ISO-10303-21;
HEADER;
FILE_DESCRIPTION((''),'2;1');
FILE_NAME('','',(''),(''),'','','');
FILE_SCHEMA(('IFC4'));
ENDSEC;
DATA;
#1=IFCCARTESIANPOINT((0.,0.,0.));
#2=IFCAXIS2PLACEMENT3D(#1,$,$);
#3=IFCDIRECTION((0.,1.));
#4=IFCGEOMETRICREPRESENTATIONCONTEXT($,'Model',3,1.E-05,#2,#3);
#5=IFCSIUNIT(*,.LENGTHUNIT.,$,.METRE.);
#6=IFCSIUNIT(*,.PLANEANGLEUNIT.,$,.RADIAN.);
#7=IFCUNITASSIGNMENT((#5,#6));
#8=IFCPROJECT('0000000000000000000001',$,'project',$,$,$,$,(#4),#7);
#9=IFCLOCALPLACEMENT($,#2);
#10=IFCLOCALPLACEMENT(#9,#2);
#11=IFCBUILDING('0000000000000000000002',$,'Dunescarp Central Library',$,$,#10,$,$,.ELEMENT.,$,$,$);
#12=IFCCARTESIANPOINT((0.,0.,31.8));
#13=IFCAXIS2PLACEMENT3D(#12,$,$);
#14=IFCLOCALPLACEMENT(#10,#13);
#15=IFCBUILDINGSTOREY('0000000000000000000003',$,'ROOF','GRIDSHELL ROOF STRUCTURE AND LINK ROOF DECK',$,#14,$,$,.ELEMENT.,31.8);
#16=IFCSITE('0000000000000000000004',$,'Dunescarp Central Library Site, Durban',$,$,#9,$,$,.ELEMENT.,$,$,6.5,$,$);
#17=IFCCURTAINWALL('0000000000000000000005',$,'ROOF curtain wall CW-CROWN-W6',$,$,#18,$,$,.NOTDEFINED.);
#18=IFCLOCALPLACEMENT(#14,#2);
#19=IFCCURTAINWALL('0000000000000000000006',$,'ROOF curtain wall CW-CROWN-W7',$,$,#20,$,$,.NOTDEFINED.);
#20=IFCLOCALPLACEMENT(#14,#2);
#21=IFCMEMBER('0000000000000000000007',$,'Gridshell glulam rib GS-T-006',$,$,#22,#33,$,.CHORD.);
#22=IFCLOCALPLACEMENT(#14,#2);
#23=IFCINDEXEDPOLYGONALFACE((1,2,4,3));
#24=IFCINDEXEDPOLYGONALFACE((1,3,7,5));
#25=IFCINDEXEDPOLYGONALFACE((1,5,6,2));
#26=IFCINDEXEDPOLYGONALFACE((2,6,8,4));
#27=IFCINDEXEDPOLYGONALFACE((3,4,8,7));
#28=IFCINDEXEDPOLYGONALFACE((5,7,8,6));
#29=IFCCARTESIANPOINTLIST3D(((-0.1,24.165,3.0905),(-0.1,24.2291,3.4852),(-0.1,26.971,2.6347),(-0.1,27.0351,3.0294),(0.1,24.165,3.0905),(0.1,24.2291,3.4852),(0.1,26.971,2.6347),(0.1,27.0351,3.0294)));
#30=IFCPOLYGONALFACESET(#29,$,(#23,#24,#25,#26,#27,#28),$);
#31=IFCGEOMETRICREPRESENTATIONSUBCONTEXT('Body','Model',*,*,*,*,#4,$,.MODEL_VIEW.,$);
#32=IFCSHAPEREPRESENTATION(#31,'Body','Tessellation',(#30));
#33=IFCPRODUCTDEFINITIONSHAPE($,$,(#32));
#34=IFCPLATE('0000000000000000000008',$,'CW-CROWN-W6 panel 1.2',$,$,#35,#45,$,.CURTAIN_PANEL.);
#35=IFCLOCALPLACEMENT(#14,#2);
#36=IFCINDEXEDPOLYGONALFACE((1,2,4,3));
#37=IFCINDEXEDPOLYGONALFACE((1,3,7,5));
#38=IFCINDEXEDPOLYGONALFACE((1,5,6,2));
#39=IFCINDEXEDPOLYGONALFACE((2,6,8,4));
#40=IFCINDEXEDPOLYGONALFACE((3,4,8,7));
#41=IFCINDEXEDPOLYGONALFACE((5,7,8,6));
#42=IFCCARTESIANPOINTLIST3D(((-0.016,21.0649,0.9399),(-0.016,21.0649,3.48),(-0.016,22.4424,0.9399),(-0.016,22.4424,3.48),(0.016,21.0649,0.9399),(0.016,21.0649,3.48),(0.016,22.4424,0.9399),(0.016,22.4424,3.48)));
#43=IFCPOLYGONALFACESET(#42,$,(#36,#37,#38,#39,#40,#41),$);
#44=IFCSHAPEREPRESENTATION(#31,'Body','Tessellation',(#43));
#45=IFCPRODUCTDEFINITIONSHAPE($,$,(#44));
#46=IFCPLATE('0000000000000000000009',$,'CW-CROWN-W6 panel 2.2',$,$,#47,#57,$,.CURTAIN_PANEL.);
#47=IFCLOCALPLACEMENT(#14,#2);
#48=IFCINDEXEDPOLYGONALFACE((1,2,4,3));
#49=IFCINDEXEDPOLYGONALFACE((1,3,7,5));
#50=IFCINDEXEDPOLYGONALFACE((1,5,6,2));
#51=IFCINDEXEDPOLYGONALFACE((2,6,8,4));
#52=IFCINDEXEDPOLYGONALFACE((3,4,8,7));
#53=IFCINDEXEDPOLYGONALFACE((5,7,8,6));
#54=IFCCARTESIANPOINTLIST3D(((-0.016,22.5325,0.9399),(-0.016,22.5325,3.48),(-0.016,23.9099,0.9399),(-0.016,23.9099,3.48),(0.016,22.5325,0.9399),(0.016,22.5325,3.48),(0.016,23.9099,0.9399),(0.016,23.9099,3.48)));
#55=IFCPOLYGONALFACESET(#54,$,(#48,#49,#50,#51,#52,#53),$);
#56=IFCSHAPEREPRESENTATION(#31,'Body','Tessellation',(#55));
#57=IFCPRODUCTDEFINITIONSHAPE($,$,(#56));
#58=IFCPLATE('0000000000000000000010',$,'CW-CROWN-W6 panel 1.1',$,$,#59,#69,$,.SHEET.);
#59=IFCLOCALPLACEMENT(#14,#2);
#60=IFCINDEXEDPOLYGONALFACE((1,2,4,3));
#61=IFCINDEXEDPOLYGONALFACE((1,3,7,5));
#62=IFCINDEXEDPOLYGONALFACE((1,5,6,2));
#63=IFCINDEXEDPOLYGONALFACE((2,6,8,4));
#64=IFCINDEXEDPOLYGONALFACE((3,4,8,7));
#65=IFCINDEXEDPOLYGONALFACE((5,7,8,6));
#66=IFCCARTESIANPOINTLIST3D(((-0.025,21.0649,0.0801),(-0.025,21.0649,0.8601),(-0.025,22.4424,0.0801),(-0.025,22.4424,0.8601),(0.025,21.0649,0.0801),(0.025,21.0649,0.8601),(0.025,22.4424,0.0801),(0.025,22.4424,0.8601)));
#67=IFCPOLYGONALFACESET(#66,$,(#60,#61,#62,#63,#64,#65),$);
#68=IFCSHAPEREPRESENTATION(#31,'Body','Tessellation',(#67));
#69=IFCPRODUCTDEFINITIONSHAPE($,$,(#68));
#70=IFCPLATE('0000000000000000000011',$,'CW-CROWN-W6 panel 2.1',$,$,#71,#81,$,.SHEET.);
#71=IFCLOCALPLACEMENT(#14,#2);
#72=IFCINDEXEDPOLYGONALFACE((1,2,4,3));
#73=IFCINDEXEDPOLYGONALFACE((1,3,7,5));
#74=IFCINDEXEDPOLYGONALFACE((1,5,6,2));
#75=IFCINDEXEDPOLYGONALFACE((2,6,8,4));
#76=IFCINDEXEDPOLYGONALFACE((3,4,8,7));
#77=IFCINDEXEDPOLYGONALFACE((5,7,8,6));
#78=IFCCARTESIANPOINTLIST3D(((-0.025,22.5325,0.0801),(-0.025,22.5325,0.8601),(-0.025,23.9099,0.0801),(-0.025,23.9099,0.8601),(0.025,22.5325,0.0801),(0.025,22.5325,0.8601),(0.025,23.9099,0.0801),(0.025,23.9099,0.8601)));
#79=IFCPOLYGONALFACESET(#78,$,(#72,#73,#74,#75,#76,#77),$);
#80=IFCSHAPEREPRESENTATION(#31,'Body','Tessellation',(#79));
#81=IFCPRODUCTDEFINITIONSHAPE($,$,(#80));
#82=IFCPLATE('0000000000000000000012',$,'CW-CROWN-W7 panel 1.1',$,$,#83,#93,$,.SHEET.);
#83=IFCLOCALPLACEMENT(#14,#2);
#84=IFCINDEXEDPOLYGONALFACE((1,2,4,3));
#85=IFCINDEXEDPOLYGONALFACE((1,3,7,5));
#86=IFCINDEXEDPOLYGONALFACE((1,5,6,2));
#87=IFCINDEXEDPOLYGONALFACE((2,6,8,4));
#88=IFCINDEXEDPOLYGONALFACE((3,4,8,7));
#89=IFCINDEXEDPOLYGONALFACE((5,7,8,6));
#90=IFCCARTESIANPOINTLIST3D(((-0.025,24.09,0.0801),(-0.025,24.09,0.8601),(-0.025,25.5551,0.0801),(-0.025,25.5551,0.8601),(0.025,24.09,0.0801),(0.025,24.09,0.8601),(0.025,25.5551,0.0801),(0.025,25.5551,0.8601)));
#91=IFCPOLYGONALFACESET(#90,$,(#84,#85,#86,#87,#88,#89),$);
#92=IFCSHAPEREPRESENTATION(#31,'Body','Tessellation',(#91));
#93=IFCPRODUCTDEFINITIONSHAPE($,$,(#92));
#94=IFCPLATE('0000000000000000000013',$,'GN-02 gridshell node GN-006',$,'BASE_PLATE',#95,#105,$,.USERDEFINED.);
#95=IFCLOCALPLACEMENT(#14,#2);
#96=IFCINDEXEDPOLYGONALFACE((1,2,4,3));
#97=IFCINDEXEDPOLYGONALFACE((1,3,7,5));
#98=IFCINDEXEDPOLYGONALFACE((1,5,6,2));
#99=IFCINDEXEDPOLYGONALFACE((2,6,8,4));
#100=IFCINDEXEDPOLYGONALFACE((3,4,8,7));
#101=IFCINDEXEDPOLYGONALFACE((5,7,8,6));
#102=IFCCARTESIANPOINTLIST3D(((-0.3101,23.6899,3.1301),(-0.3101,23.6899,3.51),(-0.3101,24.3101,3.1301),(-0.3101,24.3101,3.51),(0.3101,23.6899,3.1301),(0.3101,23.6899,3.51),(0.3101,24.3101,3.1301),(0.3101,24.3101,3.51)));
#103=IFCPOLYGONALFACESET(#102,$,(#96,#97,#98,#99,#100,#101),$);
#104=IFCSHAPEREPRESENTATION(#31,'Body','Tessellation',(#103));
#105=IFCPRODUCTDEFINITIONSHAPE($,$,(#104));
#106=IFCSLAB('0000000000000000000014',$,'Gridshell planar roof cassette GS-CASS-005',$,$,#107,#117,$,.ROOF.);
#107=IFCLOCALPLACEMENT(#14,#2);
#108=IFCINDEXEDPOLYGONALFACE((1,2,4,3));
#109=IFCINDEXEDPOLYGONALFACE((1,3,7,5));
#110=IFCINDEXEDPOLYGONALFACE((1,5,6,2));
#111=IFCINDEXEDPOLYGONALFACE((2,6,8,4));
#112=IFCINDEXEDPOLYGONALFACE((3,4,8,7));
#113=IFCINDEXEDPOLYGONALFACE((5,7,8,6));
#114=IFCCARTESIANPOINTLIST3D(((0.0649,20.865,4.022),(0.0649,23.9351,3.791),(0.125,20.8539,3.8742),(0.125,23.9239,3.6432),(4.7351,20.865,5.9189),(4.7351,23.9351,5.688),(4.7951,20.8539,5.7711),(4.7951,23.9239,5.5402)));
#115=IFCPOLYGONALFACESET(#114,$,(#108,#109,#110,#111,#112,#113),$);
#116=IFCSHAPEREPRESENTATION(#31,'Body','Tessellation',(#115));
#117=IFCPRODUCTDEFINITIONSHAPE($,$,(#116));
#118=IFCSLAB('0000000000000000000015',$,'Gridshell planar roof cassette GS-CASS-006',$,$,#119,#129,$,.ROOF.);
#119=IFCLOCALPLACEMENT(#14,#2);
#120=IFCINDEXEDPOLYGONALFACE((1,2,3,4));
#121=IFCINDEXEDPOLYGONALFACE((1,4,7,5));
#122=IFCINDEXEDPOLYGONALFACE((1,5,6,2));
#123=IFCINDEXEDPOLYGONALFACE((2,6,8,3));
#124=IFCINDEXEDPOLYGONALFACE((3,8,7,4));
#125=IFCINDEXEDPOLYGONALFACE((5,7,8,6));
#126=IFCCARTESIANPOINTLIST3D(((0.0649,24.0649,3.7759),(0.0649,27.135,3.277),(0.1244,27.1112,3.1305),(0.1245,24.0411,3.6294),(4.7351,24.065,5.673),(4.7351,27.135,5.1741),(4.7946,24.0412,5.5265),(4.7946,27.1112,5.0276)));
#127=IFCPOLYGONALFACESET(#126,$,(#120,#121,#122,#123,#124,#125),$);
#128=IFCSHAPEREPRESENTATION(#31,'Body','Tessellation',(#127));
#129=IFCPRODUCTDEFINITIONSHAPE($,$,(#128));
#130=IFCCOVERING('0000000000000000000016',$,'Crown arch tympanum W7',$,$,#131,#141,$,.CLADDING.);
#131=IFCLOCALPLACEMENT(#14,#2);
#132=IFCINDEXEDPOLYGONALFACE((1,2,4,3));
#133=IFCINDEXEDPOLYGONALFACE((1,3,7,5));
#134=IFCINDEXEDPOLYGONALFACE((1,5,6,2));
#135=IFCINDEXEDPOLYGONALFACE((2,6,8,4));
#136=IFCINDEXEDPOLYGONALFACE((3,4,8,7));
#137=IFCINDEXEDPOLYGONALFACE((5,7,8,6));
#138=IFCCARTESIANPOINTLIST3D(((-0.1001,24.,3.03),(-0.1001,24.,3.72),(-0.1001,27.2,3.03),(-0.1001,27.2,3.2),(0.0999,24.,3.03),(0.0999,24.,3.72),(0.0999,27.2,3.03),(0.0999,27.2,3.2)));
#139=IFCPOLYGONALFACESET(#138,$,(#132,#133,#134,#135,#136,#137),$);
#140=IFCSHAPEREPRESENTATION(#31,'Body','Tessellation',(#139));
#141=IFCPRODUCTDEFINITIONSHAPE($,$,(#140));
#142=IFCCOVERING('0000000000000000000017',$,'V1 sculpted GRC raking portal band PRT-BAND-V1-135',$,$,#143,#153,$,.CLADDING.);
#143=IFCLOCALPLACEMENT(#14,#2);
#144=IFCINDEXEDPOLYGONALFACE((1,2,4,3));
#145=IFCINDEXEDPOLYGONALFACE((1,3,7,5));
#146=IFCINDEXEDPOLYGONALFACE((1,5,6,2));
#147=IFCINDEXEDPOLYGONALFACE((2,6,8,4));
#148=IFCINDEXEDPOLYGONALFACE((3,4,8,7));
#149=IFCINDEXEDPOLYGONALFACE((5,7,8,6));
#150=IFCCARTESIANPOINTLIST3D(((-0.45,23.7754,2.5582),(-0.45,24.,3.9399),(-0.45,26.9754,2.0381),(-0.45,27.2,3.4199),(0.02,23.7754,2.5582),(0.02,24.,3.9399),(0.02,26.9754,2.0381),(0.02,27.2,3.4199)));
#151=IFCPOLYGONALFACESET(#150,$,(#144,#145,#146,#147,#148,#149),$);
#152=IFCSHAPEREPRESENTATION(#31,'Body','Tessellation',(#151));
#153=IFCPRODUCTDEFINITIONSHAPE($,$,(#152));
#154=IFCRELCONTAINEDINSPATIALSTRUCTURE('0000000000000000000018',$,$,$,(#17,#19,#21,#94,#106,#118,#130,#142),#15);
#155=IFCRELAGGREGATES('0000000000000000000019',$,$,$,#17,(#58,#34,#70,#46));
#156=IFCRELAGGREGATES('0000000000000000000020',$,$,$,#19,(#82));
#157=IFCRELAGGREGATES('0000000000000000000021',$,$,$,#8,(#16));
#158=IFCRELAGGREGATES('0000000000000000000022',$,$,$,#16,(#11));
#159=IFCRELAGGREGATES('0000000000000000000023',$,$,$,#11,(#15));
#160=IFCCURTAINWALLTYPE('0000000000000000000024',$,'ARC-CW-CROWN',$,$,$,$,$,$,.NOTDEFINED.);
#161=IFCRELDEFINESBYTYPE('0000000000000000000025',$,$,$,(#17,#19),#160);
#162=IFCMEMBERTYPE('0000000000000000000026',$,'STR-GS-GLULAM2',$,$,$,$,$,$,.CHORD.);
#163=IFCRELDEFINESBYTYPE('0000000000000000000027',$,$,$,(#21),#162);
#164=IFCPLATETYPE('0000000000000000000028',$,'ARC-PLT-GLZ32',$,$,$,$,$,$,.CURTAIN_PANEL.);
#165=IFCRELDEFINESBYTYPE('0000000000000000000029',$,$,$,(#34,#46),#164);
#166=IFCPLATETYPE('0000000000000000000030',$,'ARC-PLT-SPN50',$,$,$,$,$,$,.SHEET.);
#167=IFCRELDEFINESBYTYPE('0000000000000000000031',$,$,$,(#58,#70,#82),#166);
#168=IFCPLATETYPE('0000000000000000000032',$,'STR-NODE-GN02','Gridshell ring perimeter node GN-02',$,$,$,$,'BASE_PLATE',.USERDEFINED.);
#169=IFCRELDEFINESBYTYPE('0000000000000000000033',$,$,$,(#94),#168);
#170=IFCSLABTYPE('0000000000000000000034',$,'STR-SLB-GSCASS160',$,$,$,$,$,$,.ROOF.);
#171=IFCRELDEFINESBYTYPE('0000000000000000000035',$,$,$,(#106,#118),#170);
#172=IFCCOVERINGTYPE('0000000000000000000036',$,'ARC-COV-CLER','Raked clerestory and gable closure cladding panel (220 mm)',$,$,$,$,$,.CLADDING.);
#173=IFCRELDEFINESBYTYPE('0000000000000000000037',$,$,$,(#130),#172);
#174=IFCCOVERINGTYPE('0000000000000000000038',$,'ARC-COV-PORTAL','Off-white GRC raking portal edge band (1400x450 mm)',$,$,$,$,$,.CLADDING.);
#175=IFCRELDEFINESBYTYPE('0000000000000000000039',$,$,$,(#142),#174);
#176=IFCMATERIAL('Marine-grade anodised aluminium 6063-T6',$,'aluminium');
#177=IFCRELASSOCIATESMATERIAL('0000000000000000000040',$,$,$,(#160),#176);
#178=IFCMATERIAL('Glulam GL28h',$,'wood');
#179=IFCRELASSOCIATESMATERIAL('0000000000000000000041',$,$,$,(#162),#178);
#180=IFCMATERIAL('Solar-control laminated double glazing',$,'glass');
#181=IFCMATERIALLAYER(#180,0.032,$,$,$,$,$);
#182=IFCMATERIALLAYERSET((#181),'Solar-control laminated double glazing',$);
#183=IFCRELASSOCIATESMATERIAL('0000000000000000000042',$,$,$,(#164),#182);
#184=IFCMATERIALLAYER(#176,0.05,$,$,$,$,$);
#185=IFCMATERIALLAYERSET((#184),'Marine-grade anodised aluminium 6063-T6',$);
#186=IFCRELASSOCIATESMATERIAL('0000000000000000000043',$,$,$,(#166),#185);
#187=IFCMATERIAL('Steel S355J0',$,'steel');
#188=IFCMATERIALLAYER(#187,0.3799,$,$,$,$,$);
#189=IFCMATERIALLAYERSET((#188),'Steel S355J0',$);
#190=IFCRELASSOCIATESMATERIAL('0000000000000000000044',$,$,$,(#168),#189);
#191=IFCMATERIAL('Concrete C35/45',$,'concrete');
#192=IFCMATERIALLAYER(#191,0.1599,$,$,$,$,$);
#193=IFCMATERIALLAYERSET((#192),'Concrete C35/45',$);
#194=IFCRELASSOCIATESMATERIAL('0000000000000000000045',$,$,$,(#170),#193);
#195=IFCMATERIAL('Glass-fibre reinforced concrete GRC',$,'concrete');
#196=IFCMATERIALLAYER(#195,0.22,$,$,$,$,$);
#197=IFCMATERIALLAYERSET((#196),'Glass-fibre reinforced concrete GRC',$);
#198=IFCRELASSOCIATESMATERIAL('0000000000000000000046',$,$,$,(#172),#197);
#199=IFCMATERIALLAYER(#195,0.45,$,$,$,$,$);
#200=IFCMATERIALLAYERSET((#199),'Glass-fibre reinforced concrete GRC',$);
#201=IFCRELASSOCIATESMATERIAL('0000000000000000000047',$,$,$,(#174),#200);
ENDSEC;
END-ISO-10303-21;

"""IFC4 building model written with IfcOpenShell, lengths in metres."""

from ifc_helpers import new_model, si_unit, direction, frame, origin, origin_2d, place, context, subcontext, project, spatial, polyline, rectangle, outline, extrude, material, layer, layer_set, material_profile, profile_set, type_object, element, aggregate, save


model = new_model("IFC4")

# Units and contexts
model_context = context("Model", 3, precision=1e-05, world=origin(), true_north=direction((0.0, 1.0)))
body_context = subcontext(model_context, "Body", "Model", "MODEL_VIEW")
ifc_project = project(units=[si_unit("LENGTHUNIT", "METRE"), si_unit("PLANEANGLEUNIT", "RADIAN")], contexts=[model_context])

# Site, building, storey
site_placement = place(None, origin())
site = spatial("IfcSite", under=ifc_project, at=site_placement, Name="Dunescarp Central Library Site, Durban", CompositionType="ELEMENT", RefElevation=6.5)
building_placement = place(site_placement, origin())
building = spatial("IfcBuilding", under=site, at=building_placement, Name="Dunescarp Central Library", CompositionType="ELEMENT")
storey_placement = place(building_placement, frame((0.0, 0.0, 31.8)))
storey = spatial("IfcBuildingStorey", under=building, at=storey_placement, Name="ROOF", Description="GRIDSHELL ROOF STRUCTURE AND LINK ROOF DECK", CompositionType="ELEMENT", Elevation=31.8)

# Curtain wall
ifc_material_1 = material(Name="Marine-grade anodised aluminium 6063-T6", Category="aluminium")
curtain_wall_type = type_object("IfcCurtainWallType", Name="ARC-CW-CROWN", PredefinedType="NOTDEFINED", material=ifc_material_1)
curtain_wall_1_placement = place(storey_placement, origin())
curtain_wall_1 = element("IfcCurtainWall", 1, at=curtain_wall_1_placement, inside=storey, type_object=curtain_wall_type, Name="ROOF curtain wall CW-CROWN-W6", PredefinedType="NOTDEFINED")

# Curtain wall
curtain_wall_2_placement = place(storey_placement, origin())
curtain_wall_2 = element("IfcCurtainWall", 2, at=curtain_wall_2_placement, inside=storey, type_object=curtain_wall_type, Name="ROOF curtain wall CW-CROWN-W7", PredefinedType="NOTDEFINED")

# Member
ifc_material_2 = material(Name="Glulam GL28h", Category="wood")
ifc_material_profile_1 = material_profile(ifc_material_2, rectangle(XDim=0.2, YDim=0.3999, at=origin_2d()), Name="GL28h 200x400")
ifc_profile_set_1 = profile_set([ifc_material_profile_1], Name="Glulam GL28h")
member_type_1 = type_object("IfcMemberType", Name="STR-GS-GLULAM2", PredefinedType="CHORD", material=ifc_profile_set_1)
member_1_placement = place(storey_placement, frame((0.0, 24.197, 3.2878), z_axis=(0.0, 0.987061, -0.160345), x_axis=(-1.0, 0.0, 0.0)))
element("IfcMember", 3, at=member_1_placement, inside=storey, type_object=member_type_1, Name="Gridshell glulam rib GS-T-006", PredefinedType="CHORD", context=body_context, shape_type="SweptSolid", body=[
    extrude(rectangle(XDim=0.2, YDim=0.3999, at=origin_2d()), origin(), (0.0, 0.0, 1.0), 2.8428),
])

# Plates
ifc_material_3 = material(Name="Solar-control laminated double glazing", Category="glass")
ifc_layer_1 = layer(ifc_material_3, 0.032)
ifc_layer_set_1 = layer_set([ifc_layer_1], Name="Solar-control laminated double glazing")
plate_type_1 = type_object("IfcPlateType", Name="ARC-PLT-GLZ32", PredefinedType="CURTAIN_PANEL", material=ifc_layer_set_1)
plate_1_placement = place(storey_placement, frame((0.0, 21.7537, 0.9399), z_axis=(0.0, 0.0, 1.0), x_axis=(0.0, 1.0, 0.0)))
plate_1 = element("IfcPlate", 4, at=plate_1_placement, type_object=plate_type_1, Name="CW-CROWN-W6 panel 1.2", PredefinedType="CURTAIN_PANEL", context=body_context, shape_type="SweptSolid", body=[
    extrude(rectangle(XDim=1.3774, YDim=0.032, at=origin_2d()), origin(), (0.0, 0.0, 1.0), 2.54),
])
plate_2_placement = place(storey_placement, frame((0.0, 23.2212, 0.9399), z_axis=(0.0, 0.0, 1.0), x_axis=(0.0, 1.0, 0.0)))
plate_2 = element("IfcPlate", 5, at=plate_2_placement, type_object=plate_type_1, Name="CW-CROWN-W6 panel 2.2", PredefinedType="CURTAIN_PANEL", context=body_context, shape_type="SweptSolid", body=[
    extrude(rectangle(XDim=1.3774, YDim=0.032, at=origin_2d()), origin(), (0.0, 0.0, 1.0), 2.54),
])
ifc_layer_2 = layer(ifc_material_1, 0.05)
ifc_layer_set_2 = layer_set([ifc_layer_2], Name="Marine-grade anodised aluminium 6063-T6")
plate_type_2 = type_object("IfcPlateType", Name="ARC-PLT-SPN50", PredefinedType="SHEET", material=ifc_layer_set_2)
plate_3_placement = place(storey_placement, frame((0.0, 21.7537, 0.0801), z_axis=(0.0, 0.0, 1.0), x_axis=(0.0, 1.0, 0.0)))
plate_3 = element("IfcPlate", 6, at=plate_3_placement, type_object=plate_type_2, Name="CW-CROWN-W6 panel 1.1", PredefinedType="SHEET", context=body_context, shape_type="SweptSolid", body=[
    extrude(rectangle(XDim=1.3774, YDim=0.05, at=origin_2d()), origin(), (0.0, 0.0, 1.0), 0.78),
])
plate_4_placement = place(storey_placement, frame((0.0, 23.2212, 0.0801), z_axis=(0.0, 0.0, 1.0), x_axis=(0.0, 1.0, 0.0)))
plate_4 = element("IfcPlate", 7, at=plate_4_placement, type_object=plate_type_2, Name="CW-CROWN-W6 panel 2.1", PredefinedType="SHEET", context=body_context, shape_type="SweptSolid", body=[
    extrude(rectangle(XDim=1.3774, YDim=0.05, at=origin_2d()), origin(), (0.0, 0.0, 1.0), 0.78),
])
aggregate(curtain_wall_1, [plate_3, plate_1, plate_4, plate_2])
plate_5_placement = place(storey_placement, frame((0.0, 24.8225, 0.0801), z_axis=(0.0, 0.0, 1.0), x_axis=(0.0, 1.0, 0.0)))
plate_5 = element("IfcPlate", 8, at=plate_5_placement, type_object=plate_type_2, Name="CW-CROWN-W7 panel 1.1", PredefinedType="SHEET", context=body_context, shape_type="SweptSolid", body=[
    extrude(rectangle(XDim=1.4651, YDim=0.05, at=origin_2d()), origin(), (0.0, 0.0, 1.0), 0.78),
])
aggregate(curtain_wall_2, [plate_5])
ifc_material_4 = material(Name="Steel S355J0", Category="steel")
ifc_layer_3 = layer(ifc_material_4, 0.3799)
ifc_layer_set_3 = layer_set([ifc_layer_3], Name="Steel S355J0")
plate_type_3 = type_object("IfcPlateType", Name="STR-NODE-GN02", Description="Gridshell ring perimeter node GN-02", ElementType="BASE_PLATE", PredefinedType="USERDEFINED", material=ifc_layer_set_3)
plate_6_placement = place(storey_placement, frame((0.0, 24.0, 3.1301), z_axis=(0.0, 0.0, 1.0), x_axis=(1.0, 0.0, 0.0)))
element("IfcPlate", 9, at=plate_6_placement, inside=storey, type_object=plate_type_3, Name="GN-02 gridshell node GN-006", ObjectType="BASE_PLATE", PredefinedType="USERDEFINED", context=body_context, shape_type="SweptSolid", body=[
    extrude(rectangle(XDim=0.6201, YDim=0.6201, at=origin_2d()), origin(), (0.0, 0.0, 1.0), 0.3799),
])

# Slabs
ifc_material_5 = material(Name="Concrete C35/45", Category="concrete")
ifc_layer_4 = layer(ifc_material_5, 0.1599)
ifc_layer_set_4 = layer_set([ifc_layer_4], Name="Concrete C35/45")
slab_type = type_object("IfcSlabType", Name="STR-SLB-GSCASS160", PredefinedType="ROOF", material=ifc_layer_set_4)
slab_1_placement = place(storey_placement, frame((0.0649, 20.865, 4.022), z_axis=(-0.375418, 0.06953, 0.924244), x_axis=(0.926486, 0.0, 0.376329)))
element("IfcSlab", 10, at=slab_1_placement, inside=storey, type_object=slab_type, Name="Gridshell planar roof cassette GS-CASS-005", PredefinedType="ROOF", context=body_context, shape_type="SweptSolid", body=[
    extrude(outline(polyline([(0.0, 0.0), (5.0407, 0.0), (4.9538, 3.0775), (-0.0869, 3.0775), (0.0, 0.0)])), origin(), (0.0, 0.0, -1.0), 0.1599),
])
slab_2_placement = place(storey_placement, frame((0.0649, 24.0649, 3.7759), z_axis=(-0.372155, 0.148879, 0.916152), x_axis=(0.926478, 0.000003, 0.376349)))
element("IfcSlab", 11, at=slab_2_placement, inside=storey, type_object=slab_type, Name="Gridshell planar roof cassette GS-CASS-006", PredefinedType="ROOF", context=body_context, shape_type="SweptSolid", body=[
    extrude(outline(polyline([(0.0, 0.0), (5.0407, 0.0), (4.853, 3.1047), (-0.1878, 3.1047), (0.0, 0.0)])), origin(), (0.0, 0.0, -1.0), 0.1599),
])

# Coverings
ifc_material_6 = material(Name="Glass-fibre reinforced concrete GRC", Category="concrete")
ifc_layer_5 = layer(ifc_material_6, 0.22)
ifc_layer_set_5 = layer_set([ifc_layer_5], Name="Glass-fibre reinforced concrete GRC")
covering_type_1 = type_object("IfcCoveringType", Name="ARC-COV-CLER", Description="Raked clerestory and gable closure cladding panel (220 mm)", PredefinedType="CLADDING", material=ifc_layer_set_5)
covering_1_placement = place(storey_placement, frame((0.0, 24.0, 3.03), z_axis=(0.0, 0.0, 1.0), x_axis=(0.0, 1.0, 0.0)))
element("IfcCovering", 12, at=covering_1_placement, inside=storey, type_object=covering_type_1, Name="Crown arch tympanum W7", PredefinedType="CLADDING", context=body_context, shape_type="SweptSolid", body=[
    extrude(outline(polyline([(0.0, 0.0), (3.2, 0.0), (3.2, 0.1699), (0.0, 0.6899), (0.0, 0.0)])), frame((0.0, 0.1001, 0.0), z_axis=(0.0, -1.0, 0.0), x_axis=(1.0, 0.0, 0.0)), (0.0, 0.0, 1.0), 0.2),
])
ifc_layer_6 = layer(ifc_material_6, 0.45)
ifc_layer_set_6 = layer_set([ifc_layer_6], Name="Glass-fibre reinforced concrete GRC")
covering_type_2 = type_object("IfcCoveringType", Name="ARC-COV-PORTAL", Description="Off-white GRC raking portal edge band (1400x450 mm)", PredefinedType="CLADDING", material=ifc_layer_set_6)
covering_2_placement = place(storey_placement, frame((-0.45, 24.0, 3.9399), z_axis=(0.0, 0.160404, 0.987051), x_axis=(1.0, 0.0, 0.0)))
element("IfcCovering", 13, at=covering_2_placement, inside=storey, type_object=covering_type_2, Name="V1 sculpted GRC raking portal band PRT-BAND-V1-135", PredefinedType="CLADDING", context=body_context, shape_type="SweptSolid", body=[
    extrude(outline(polyline([(0.0, 0.0), (0.47, 0.0), (0.47, 3.2419), (0.0, 3.2419), (0.0, 0.0)])), origin(), (0.0, 0.0, -1.0), 1.3999),
])

save(model, "model.ifc")
